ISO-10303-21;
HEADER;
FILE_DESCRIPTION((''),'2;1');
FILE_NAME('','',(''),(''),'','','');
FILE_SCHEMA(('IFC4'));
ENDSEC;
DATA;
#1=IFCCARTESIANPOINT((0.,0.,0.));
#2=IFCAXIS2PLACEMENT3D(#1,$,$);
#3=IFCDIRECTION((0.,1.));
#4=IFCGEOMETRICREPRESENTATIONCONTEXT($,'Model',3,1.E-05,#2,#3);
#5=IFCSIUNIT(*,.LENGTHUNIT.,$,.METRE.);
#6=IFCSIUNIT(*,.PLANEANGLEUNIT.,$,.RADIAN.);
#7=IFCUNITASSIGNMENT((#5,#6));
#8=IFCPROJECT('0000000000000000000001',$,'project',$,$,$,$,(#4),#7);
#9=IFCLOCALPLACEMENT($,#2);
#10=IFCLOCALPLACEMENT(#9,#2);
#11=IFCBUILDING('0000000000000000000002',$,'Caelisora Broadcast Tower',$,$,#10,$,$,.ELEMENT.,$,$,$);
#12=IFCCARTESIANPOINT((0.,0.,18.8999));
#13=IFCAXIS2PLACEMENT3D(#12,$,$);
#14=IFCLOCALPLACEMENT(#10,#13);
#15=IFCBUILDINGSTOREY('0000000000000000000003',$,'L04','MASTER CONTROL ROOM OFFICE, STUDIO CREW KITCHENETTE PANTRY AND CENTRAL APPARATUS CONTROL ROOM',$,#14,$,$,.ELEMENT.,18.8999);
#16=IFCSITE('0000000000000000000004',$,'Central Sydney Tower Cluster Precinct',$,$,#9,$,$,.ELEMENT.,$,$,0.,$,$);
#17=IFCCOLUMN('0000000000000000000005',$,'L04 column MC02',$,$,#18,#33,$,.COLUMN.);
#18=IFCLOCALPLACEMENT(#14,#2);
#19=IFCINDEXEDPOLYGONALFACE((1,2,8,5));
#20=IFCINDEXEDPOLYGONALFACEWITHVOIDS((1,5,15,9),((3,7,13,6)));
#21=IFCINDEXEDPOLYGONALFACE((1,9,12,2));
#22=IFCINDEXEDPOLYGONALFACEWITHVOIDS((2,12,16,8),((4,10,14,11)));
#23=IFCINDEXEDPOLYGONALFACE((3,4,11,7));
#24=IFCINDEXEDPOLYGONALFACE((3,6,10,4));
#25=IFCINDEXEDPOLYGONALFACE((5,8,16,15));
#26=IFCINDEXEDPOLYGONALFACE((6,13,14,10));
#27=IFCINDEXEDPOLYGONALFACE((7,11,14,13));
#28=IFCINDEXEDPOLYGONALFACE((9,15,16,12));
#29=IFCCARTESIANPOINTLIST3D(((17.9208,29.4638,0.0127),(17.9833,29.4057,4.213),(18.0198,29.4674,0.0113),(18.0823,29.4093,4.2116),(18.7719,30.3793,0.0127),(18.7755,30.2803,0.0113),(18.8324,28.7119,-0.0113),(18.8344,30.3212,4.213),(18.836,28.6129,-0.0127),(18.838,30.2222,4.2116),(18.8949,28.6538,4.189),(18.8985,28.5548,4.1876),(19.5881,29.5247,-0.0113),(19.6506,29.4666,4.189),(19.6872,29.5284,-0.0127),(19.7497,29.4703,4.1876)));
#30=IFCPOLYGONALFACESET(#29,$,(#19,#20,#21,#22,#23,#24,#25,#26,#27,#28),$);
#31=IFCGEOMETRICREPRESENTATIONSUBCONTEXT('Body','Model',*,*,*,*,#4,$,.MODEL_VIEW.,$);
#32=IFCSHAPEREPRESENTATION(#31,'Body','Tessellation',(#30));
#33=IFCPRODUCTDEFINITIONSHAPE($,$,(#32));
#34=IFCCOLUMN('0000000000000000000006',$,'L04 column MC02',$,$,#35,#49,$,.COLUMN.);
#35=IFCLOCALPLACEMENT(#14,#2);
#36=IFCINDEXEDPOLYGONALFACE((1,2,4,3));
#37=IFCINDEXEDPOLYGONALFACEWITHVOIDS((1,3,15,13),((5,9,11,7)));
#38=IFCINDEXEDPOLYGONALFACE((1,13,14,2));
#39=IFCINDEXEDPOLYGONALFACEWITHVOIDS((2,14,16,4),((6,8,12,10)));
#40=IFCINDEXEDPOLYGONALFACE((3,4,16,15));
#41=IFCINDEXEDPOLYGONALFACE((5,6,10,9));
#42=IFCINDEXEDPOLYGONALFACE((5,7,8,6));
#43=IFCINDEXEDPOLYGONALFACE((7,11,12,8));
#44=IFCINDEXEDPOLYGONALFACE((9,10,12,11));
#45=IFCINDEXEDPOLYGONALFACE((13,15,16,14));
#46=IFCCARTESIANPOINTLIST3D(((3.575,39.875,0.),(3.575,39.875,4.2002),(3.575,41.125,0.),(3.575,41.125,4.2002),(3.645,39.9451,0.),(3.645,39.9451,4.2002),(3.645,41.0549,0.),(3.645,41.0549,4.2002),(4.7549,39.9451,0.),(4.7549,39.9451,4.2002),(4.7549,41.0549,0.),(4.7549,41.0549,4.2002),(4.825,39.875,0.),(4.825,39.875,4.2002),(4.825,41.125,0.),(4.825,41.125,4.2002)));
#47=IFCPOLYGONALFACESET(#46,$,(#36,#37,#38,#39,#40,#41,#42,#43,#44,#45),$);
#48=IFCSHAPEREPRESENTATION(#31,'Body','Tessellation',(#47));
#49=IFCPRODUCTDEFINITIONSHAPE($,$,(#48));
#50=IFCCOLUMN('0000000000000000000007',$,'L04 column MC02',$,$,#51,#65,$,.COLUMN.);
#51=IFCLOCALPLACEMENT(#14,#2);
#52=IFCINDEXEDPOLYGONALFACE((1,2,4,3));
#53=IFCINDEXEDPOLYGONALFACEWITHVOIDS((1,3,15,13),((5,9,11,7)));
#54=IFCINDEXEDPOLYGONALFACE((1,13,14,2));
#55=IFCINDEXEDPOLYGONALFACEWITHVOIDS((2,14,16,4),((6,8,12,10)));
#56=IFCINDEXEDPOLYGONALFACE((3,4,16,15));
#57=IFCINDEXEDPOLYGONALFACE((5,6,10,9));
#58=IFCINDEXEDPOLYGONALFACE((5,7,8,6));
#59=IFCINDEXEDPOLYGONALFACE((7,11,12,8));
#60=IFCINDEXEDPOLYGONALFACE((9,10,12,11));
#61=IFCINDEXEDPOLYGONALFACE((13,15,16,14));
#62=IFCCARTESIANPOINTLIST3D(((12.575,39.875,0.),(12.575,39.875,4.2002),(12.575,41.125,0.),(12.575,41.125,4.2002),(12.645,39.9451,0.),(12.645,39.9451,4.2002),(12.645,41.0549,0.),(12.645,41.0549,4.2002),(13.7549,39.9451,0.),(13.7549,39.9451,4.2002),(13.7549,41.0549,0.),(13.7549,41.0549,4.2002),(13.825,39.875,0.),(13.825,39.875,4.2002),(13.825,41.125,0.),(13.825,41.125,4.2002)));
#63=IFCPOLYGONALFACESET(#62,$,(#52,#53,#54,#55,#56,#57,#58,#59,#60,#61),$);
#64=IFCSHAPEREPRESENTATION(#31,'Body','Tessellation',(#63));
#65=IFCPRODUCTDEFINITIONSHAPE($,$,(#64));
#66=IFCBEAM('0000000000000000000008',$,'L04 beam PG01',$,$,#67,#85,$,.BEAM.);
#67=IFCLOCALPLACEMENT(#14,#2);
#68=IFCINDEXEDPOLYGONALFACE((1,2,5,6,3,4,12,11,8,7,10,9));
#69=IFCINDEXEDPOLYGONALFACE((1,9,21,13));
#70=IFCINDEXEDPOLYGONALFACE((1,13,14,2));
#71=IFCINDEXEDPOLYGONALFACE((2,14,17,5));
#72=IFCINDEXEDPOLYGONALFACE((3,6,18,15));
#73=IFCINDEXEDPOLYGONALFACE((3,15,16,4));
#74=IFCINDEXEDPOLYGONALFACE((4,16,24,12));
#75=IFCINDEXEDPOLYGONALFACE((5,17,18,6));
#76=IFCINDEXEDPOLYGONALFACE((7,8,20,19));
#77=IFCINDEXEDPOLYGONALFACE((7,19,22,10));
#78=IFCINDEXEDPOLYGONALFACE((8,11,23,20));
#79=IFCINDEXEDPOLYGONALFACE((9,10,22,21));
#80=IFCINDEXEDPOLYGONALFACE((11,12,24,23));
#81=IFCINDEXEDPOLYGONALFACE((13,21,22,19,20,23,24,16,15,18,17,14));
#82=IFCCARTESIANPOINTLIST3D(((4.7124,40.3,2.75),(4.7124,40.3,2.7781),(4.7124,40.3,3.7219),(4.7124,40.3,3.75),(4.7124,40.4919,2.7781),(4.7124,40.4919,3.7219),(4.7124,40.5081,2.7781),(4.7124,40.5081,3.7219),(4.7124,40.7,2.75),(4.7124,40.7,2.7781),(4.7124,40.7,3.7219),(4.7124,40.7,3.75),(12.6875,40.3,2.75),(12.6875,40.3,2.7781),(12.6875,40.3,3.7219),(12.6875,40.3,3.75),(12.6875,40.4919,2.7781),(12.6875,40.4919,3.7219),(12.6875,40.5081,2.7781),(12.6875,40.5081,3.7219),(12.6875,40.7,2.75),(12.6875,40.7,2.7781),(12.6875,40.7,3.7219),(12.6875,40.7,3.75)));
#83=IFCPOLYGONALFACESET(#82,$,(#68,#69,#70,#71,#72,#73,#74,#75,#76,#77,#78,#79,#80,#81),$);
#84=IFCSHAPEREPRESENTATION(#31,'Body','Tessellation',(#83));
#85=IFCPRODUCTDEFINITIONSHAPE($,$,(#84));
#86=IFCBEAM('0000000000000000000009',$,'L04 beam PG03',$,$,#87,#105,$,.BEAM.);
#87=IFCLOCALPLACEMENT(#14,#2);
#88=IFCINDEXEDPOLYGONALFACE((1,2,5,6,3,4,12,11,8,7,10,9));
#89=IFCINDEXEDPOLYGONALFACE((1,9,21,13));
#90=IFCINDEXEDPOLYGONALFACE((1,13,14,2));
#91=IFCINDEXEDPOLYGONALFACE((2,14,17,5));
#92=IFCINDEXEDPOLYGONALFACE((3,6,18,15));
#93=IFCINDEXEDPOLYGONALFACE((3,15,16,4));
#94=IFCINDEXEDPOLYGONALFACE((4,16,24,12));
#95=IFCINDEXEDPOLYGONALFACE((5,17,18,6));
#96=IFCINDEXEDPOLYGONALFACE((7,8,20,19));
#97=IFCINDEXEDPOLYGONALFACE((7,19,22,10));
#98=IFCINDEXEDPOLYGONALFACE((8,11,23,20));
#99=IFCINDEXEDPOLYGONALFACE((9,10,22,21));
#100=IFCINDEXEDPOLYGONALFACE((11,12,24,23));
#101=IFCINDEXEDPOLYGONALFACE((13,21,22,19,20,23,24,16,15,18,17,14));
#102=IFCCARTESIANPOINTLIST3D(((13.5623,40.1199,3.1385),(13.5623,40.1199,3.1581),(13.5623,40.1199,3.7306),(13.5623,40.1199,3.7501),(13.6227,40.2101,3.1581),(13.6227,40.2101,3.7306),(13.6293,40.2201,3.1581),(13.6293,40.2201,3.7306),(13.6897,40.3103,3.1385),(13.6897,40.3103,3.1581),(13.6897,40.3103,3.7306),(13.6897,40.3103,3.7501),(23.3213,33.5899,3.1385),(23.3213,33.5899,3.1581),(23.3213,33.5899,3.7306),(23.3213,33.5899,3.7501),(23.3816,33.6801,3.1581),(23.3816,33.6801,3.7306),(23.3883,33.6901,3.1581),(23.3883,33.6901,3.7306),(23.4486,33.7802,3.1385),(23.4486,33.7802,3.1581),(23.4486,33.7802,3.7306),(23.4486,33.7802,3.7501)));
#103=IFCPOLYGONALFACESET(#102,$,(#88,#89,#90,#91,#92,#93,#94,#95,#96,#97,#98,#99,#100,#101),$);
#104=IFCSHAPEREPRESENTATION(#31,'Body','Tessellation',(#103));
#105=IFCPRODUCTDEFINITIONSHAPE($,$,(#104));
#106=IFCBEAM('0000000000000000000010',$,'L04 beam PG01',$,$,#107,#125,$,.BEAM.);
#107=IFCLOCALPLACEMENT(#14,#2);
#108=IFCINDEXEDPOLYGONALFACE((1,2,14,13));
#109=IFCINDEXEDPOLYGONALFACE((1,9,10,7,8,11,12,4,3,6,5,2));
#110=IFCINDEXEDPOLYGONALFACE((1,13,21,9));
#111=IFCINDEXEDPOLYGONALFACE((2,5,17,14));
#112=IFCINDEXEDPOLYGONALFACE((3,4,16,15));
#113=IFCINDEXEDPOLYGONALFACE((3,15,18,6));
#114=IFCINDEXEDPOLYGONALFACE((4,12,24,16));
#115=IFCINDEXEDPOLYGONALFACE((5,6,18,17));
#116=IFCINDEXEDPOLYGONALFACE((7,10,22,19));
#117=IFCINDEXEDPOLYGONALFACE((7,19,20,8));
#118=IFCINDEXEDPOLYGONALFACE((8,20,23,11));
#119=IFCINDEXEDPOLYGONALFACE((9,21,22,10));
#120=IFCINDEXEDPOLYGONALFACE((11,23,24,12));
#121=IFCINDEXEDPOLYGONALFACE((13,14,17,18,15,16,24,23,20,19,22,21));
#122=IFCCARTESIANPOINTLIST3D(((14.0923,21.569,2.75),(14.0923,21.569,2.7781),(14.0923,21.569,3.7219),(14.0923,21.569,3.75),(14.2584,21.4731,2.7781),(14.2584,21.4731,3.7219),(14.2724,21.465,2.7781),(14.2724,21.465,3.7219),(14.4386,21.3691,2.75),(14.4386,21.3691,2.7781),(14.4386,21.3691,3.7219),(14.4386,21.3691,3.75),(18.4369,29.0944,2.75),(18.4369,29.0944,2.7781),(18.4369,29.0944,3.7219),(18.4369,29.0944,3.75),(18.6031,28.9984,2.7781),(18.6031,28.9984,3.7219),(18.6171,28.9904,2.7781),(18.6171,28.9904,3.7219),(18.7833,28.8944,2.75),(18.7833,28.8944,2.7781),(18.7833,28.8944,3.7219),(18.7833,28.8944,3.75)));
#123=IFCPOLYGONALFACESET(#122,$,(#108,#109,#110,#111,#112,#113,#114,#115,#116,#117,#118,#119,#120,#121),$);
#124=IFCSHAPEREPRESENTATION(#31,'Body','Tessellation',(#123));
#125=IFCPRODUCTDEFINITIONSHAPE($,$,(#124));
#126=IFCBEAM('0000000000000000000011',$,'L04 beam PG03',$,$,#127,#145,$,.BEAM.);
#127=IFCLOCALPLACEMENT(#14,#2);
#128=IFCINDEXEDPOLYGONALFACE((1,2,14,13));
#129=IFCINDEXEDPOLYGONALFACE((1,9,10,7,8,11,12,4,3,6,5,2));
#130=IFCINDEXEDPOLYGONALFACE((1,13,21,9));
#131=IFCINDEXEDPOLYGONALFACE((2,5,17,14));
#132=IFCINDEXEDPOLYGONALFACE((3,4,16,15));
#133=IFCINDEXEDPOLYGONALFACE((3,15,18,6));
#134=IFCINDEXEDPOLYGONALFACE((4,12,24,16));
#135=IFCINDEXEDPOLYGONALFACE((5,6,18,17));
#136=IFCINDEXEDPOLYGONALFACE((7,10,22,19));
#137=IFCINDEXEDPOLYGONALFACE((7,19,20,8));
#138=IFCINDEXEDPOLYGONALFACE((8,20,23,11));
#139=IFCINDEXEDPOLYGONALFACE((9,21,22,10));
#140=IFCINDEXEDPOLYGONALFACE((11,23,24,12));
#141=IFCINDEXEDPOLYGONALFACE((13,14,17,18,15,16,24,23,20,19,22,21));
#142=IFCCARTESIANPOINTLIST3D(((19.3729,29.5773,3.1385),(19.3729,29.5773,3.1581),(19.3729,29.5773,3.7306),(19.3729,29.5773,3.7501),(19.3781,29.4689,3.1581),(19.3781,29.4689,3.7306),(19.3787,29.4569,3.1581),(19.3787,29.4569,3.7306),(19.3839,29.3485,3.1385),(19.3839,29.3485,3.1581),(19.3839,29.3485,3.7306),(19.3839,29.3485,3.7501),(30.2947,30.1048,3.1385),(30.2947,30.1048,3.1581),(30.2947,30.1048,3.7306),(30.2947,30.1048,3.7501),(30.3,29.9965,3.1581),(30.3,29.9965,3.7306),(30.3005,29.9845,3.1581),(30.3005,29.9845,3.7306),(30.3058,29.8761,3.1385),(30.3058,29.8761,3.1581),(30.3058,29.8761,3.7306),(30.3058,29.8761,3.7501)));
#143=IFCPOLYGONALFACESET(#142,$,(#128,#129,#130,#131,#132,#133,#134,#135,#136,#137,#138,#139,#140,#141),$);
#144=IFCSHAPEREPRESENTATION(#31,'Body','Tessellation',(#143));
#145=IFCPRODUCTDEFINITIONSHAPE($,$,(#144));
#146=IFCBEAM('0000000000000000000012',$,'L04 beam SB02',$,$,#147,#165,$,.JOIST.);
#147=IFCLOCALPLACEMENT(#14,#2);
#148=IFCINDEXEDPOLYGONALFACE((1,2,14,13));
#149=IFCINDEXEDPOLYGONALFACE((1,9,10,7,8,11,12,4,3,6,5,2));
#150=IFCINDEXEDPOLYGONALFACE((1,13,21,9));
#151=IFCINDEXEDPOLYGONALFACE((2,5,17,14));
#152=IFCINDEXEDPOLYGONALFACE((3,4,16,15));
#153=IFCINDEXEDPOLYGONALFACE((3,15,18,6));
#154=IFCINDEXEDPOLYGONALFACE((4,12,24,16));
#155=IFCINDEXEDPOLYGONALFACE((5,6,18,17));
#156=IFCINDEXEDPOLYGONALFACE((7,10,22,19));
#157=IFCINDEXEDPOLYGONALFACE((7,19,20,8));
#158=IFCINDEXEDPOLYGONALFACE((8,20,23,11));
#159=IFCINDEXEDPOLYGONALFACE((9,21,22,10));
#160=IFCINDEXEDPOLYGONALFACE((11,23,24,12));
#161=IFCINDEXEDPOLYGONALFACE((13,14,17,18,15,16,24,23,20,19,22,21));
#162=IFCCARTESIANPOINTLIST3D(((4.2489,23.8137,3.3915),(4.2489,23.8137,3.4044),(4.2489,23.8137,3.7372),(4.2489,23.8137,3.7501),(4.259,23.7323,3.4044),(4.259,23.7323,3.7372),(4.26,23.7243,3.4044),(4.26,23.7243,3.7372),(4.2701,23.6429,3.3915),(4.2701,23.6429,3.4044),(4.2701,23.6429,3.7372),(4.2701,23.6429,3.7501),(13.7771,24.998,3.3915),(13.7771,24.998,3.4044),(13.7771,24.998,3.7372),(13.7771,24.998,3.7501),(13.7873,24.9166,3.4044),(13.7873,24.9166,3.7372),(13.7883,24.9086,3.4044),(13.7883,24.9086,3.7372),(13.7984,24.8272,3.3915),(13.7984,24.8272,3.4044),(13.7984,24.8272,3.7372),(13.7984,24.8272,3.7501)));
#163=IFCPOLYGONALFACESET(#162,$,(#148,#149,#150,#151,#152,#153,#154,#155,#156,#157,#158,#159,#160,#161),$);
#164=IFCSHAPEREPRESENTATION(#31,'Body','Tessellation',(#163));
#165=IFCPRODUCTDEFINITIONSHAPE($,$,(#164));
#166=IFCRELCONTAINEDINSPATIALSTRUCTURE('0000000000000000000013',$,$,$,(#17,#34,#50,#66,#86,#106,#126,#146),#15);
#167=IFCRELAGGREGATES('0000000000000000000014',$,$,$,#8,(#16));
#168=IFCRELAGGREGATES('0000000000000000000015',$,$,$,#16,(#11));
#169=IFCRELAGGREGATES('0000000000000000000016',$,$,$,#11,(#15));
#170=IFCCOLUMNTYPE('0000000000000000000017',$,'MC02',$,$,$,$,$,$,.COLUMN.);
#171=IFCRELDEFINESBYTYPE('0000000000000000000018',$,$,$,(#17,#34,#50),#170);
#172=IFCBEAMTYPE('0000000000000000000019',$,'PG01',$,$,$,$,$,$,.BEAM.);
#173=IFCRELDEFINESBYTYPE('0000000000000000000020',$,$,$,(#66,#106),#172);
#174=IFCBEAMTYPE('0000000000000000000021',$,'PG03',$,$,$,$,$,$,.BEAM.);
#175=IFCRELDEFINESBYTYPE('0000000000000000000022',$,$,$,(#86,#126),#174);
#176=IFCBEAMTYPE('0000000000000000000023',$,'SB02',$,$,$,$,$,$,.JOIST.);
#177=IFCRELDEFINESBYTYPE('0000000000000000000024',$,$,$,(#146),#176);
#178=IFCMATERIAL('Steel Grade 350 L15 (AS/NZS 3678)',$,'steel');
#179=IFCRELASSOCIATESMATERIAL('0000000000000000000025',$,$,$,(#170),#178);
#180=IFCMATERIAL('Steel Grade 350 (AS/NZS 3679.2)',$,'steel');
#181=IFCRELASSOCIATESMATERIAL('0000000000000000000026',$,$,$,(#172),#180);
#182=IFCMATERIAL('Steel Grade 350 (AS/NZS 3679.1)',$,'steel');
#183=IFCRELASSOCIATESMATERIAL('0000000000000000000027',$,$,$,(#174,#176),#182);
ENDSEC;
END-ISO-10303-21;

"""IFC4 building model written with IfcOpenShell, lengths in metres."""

from ifc_helpers import new_model, si_unit, direction, frame, origin, origin_2d, place, context, subcontext, project, spatial, hollow_rectangle, i_section, extrude, source, transform, mapped, material, material_profile, profile_set, type_object, type_shapes, element, save


model = new_model("IFC4")

# Units and contexts
model_context = context("Model", 3, precision=1e-05, world=origin(), true_north=direction((0.0, 1.0)))
body_context = subcontext(model_context, "Body", "Model", "MODEL_VIEW")
ifc_project = project(units=[si_unit("LENGTHUNIT", "METRE"), si_unit("PLANEANGLEUNIT", "RADIAN")], contexts=[model_context])

# Site, building, storey
site_placement = place(None, origin())
site = spatial("IfcSite", under=ifc_project, at=site_placement, Name="Central Sydney Tower Cluster Precinct", CompositionType="ELEMENT", RefElevation=0.0)
building_placement = place(site_placement, origin())
building = spatial("IfcBuilding", under=site, at=building_placement, Name="Caelisora Broadcast Tower", CompositionType="ELEMENT")
storey_placement = place(building_placement, frame((0.0, 0.0, 18.8999)))
storey = spatial("IfcBuildingStorey", under=building, at=storey_placement, Name="L04", Description="MASTER CONTROL ROOM OFFICE, STUDIO CREW KITCHENETTE PANTRY AND CENTRAL APPARATUS CONTROL ROOM", CompositionType="ELEMENT", Elevation=18.8999)

# Columns
ifc_material_1 = material(Name="Steel Grade 350 L15 (AS/NZS 3678)", Category="steel")
ifc_material_profile_1 = material_profile(ifc_material_1, hollow_rectangle(XDim=1.25, YDim=1.25, WallThickness=0.0701, at=origin_2d()), Name="Steel Grade 350 L15 (AS/NZS 3678)")
ifc_profile_set_1 = profile_set([ifc_material_profile_1], Name="Steel Grade 350 L15 (AS/NZS 3678)")
column_type = type_object("IfcColumnType", Name="MC02", PredefinedType="COLUMN", material=ifc_profile_set_1)
shared_shape_1 = source(origin(), body_context, "Body", "SweptSolid", [
    extrude(hollow_rectangle(XDim=1.25, YDim=1.25, WallThickness=0.0701, at=origin_2d()), origin(), (0.0, 0.0, 1.0), 4.2012),
])
column_placement = place(storey_placement, frame((18.804, 29.4961, 0.0), z_axis=(0.014877, -0.013831, 0.999794), x_axis=(0.68089, 0.732386, 0.0)))
element("IfcColumn", 1, at=column_placement, inside=storey, type_object=column_type, Name="L04 column MC02", PredefinedType="COLUMN", context=body_context, shape_type="MappedRepresentation", body=[
    mapped(shared_shape_1, transform((0.0, 0.0, 0.0), scale=1.0)),
])
shared_shape_2 = source(origin(), body_context, "Body", "SweptSolid", [
    extrude(hollow_rectangle(XDim=1.25, YDim=1.25, WallThickness=0.0701, at=origin_2d()), origin(), (0.0, 0.0, 1.0), 4.2002),
])
type_shapes(column_type, [shared_shape_1, shared_shape_2])
for number, where, z_axis, x_axis, name in (
    (2, (4.2, 40.5, 0.0), (0.0, 0.0, 1.0), (1.0, 0.0, 0.0), "L04 column MC02"),
    (3, (13.2, 40.5, 0.0), (0.0, 0.0, 1.0), (1.0, 0.0, 0.0), "L04 column MC02"),
):
    element("IfcColumn", number, at=place(storey_placement, frame(where, z_axis=z_axis, x_axis=x_axis)), inside=storey, type_object=column_type, Name=name, PredefinedType="COLUMN", context=body_context, shape_type="MappedRepresentation", body=[
        mapped(shared_shape_2, transform((0.0, 0.0, 0.0), scale=1.0)),
    ])

# Beams
ifc_material_2 = material(Name="Steel Grade 350 (AS/NZS 3679.2)", Category="steel")
ifc_material_profile_2 = material_profile(ifc_material_2, i_section(OverallWidth=0.3999, OverallDepth=1.0, WebThickness=0.0161, FlangeThickness=0.0281, at=origin_2d()), Name="Steel Grade 350 (AS/NZS 3679.2)")
ifc_profile_set_2 = profile_set([ifc_material_profile_2], Name="Steel Grade 350 (AS/NZS 3679.2)")
beam_type_1 = type_object("IfcBeamType", Name="PG01", PredefinedType="BEAM", material=ifc_profile_set_2)
shared_shape_3 = source(origin(), body_context, "Body", "SweptSolid", [
    extrude(i_section(OverallWidth=0.3999, OverallDepth=1.0, WebThickness=0.0161, FlangeThickness=0.0281, at=origin_2d()), origin(), (0.0, 0.0, 1.0), 7.9751),
])
beam_1_placement = place(storey_placement, frame((4.7124, 40.5, 3.25), z_axis=(1.0, 0.0, 0.0), x_axis=(0.0, 1.0, 0.0)))
element("IfcBeam", 4, at=beam_1_placement, inside=storey, type_object=beam_type_1, Name="L04 beam PG01", PredefinedType="BEAM", context=body_context, shape_type="MappedRepresentation", body=[
    mapped(shared_shape_3, transform((0.0, 0.0, 0.0), scale=1.0)),
])
ifc_material_3 = material(Name="Steel Grade 350 (AS/NZS 3679.1)", Category="steel")
ifc_material_profile_3 = material_profile(ifc_material_3, i_section(OverallWidth=0.229, OverallDepth=0.6116, WebThickness=0.012, FlangeThickness=0.0195, at=origin_2d()), Name="Steel Grade 350 (AS/NZS 3679.1)")
ifc_profile_set_3 = profile_set([ifc_material_profile_3], Name="Steel Grade 350 (AS/NZS 3679.1)")
beam_type_2 = type_object("IfcBeamType", Name="PG03", PredefinedType="BEAM", material=ifc_profile_set_3)
shared_shape_4 = source(origin(), body_context, "Body", "SweptSolid", [
    extrude(i_section(OverallWidth=0.229, OverallDepth=0.6116, WebThickness=0.012, FlangeThickness=0.0195, at=origin_2d()), origin(), (0.0, 0.0, 1.0), 11.7422),
])
beam_2_placement = place(storey_placement, frame((13.626, 40.2151, 3.4443), z_axis=(0.831105, -0.556115, 0.0), x_axis=(0.556115, 0.831105, 0.0)))
element("IfcBeam", 5, at=beam_2_placement, inside=storey, type_object=beam_type_2, Name="L04 beam PG03", PredefinedType="BEAM", context=body_context, shape_type="MappedRepresentation", body=[
    mapped(shared_shape_4, transform((0.0, 0.0, 0.0), scale=1.0)),
])
shared_shape_5 = source(origin(), body_context, "Body", "SweptSolid", [
    extrude(i_section(OverallWidth=0.3999, OverallDepth=1.0, WebThickness=0.0161, FlangeThickness=0.0281, at=origin_2d()), origin(), (0.0, 0.0, 1.0), 8.6895),
])
type_shapes(beam_type_1, [shared_shape_3, shared_shape_5])
beam_3_placement = place(storey_placement, frame((18.6101, 28.9944, 3.25), z_axis=(-0.499995, -0.866028, 0.0), x_axis=(0.866028, -0.499995, 0.0)))
element("IfcBeam", 6, at=beam_3_placement, inside=storey, type_object=beam_type_1, Name="L04 beam PG01", PredefinedType="BEAM", context=body_context, shape_type="MappedRepresentation", body=[
    mapped(shared_shape_5, transform((0.0, 0.0, 0.0), scale=1.0)),
])
shared_shape_6 = source(origin(), body_context, "Body", "SweptSolid", [
    extrude(i_section(OverallWidth=0.229, OverallDepth=0.6116, WebThickness=0.012, FlangeThickness=0.0195, at=origin_2d()), origin(), (0.0, 0.0, 1.0), 10.9346),
])
type_shapes(beam_type_2, [shared_shape_4, shared_shape_6])
beam_4_placement = place(storey_placement, frame((19.3784, 29.4629, 3.4443), z_axis=(0.998835, 0.048249, 0.0), x_axis=(-0.048249, 0.998835, 0.0)))
element("IfcBeam", 7, at=beam_4_placement, inside=storey, type_object=beam_type_2, Name="L04 beam PG03", PredefinedType="BEAM", context=body_context, shape_type="MappedRepresentation", body=[
    mapped(shared_shape_6, transform((0.0, 0.0, 0.0), scale=1.0)),
])
ifc_material_profile_4 = material_profile(ifc_material_3, i_section(OverallWidth=0.1721, OverallDepth=0.3586, WebThickness=0.0081, FlangeThickness=0.0129, at=origin_2d()), Name="Steel Grade 350 (AS/NZS 3679.1)")
ifc_profile_set_4 = profile_set([ifc_material_profile_4], Name="Steel Grade 350 (AS/NZS 3679.1)")
beam_type_3 = type_object("IfcBeamType", Name="SB02", PredefinedType="JOIST", material=ifc_profile_set_4)
shared_shape_7 = source(origin(), body_context, "Body", "SweptSolid", [
    extrude(i_section(OverallWidth=0.1721, OverallDepth=0.3586, WebThickness=0.0081, FlangeThickness=0.0129, at=origin_2d()), origin(), (0.0, 0.0, 1.0), 9.6016),
])
beam_5_placement = place(storey_placement, frame((4.2595, 23.7283, 3.5708), z_axis=(0.992364, 0.123346, 0.0), x_axis=(-0.123346, 0.992364, 0.0)))
element("IfcBeam", 8, at=beam_5_placement, inside=storey, type_object=beam_type_3, Name="L04 beam SB02", PredefinedType="JOIST", context=body_context, shape_type="MappedRepresentation", body=[
    mapped(shared_shape_7, transform((0.0, 0.0, 0.0), scale=1.0)),
])

save(model, "model.ifc")
